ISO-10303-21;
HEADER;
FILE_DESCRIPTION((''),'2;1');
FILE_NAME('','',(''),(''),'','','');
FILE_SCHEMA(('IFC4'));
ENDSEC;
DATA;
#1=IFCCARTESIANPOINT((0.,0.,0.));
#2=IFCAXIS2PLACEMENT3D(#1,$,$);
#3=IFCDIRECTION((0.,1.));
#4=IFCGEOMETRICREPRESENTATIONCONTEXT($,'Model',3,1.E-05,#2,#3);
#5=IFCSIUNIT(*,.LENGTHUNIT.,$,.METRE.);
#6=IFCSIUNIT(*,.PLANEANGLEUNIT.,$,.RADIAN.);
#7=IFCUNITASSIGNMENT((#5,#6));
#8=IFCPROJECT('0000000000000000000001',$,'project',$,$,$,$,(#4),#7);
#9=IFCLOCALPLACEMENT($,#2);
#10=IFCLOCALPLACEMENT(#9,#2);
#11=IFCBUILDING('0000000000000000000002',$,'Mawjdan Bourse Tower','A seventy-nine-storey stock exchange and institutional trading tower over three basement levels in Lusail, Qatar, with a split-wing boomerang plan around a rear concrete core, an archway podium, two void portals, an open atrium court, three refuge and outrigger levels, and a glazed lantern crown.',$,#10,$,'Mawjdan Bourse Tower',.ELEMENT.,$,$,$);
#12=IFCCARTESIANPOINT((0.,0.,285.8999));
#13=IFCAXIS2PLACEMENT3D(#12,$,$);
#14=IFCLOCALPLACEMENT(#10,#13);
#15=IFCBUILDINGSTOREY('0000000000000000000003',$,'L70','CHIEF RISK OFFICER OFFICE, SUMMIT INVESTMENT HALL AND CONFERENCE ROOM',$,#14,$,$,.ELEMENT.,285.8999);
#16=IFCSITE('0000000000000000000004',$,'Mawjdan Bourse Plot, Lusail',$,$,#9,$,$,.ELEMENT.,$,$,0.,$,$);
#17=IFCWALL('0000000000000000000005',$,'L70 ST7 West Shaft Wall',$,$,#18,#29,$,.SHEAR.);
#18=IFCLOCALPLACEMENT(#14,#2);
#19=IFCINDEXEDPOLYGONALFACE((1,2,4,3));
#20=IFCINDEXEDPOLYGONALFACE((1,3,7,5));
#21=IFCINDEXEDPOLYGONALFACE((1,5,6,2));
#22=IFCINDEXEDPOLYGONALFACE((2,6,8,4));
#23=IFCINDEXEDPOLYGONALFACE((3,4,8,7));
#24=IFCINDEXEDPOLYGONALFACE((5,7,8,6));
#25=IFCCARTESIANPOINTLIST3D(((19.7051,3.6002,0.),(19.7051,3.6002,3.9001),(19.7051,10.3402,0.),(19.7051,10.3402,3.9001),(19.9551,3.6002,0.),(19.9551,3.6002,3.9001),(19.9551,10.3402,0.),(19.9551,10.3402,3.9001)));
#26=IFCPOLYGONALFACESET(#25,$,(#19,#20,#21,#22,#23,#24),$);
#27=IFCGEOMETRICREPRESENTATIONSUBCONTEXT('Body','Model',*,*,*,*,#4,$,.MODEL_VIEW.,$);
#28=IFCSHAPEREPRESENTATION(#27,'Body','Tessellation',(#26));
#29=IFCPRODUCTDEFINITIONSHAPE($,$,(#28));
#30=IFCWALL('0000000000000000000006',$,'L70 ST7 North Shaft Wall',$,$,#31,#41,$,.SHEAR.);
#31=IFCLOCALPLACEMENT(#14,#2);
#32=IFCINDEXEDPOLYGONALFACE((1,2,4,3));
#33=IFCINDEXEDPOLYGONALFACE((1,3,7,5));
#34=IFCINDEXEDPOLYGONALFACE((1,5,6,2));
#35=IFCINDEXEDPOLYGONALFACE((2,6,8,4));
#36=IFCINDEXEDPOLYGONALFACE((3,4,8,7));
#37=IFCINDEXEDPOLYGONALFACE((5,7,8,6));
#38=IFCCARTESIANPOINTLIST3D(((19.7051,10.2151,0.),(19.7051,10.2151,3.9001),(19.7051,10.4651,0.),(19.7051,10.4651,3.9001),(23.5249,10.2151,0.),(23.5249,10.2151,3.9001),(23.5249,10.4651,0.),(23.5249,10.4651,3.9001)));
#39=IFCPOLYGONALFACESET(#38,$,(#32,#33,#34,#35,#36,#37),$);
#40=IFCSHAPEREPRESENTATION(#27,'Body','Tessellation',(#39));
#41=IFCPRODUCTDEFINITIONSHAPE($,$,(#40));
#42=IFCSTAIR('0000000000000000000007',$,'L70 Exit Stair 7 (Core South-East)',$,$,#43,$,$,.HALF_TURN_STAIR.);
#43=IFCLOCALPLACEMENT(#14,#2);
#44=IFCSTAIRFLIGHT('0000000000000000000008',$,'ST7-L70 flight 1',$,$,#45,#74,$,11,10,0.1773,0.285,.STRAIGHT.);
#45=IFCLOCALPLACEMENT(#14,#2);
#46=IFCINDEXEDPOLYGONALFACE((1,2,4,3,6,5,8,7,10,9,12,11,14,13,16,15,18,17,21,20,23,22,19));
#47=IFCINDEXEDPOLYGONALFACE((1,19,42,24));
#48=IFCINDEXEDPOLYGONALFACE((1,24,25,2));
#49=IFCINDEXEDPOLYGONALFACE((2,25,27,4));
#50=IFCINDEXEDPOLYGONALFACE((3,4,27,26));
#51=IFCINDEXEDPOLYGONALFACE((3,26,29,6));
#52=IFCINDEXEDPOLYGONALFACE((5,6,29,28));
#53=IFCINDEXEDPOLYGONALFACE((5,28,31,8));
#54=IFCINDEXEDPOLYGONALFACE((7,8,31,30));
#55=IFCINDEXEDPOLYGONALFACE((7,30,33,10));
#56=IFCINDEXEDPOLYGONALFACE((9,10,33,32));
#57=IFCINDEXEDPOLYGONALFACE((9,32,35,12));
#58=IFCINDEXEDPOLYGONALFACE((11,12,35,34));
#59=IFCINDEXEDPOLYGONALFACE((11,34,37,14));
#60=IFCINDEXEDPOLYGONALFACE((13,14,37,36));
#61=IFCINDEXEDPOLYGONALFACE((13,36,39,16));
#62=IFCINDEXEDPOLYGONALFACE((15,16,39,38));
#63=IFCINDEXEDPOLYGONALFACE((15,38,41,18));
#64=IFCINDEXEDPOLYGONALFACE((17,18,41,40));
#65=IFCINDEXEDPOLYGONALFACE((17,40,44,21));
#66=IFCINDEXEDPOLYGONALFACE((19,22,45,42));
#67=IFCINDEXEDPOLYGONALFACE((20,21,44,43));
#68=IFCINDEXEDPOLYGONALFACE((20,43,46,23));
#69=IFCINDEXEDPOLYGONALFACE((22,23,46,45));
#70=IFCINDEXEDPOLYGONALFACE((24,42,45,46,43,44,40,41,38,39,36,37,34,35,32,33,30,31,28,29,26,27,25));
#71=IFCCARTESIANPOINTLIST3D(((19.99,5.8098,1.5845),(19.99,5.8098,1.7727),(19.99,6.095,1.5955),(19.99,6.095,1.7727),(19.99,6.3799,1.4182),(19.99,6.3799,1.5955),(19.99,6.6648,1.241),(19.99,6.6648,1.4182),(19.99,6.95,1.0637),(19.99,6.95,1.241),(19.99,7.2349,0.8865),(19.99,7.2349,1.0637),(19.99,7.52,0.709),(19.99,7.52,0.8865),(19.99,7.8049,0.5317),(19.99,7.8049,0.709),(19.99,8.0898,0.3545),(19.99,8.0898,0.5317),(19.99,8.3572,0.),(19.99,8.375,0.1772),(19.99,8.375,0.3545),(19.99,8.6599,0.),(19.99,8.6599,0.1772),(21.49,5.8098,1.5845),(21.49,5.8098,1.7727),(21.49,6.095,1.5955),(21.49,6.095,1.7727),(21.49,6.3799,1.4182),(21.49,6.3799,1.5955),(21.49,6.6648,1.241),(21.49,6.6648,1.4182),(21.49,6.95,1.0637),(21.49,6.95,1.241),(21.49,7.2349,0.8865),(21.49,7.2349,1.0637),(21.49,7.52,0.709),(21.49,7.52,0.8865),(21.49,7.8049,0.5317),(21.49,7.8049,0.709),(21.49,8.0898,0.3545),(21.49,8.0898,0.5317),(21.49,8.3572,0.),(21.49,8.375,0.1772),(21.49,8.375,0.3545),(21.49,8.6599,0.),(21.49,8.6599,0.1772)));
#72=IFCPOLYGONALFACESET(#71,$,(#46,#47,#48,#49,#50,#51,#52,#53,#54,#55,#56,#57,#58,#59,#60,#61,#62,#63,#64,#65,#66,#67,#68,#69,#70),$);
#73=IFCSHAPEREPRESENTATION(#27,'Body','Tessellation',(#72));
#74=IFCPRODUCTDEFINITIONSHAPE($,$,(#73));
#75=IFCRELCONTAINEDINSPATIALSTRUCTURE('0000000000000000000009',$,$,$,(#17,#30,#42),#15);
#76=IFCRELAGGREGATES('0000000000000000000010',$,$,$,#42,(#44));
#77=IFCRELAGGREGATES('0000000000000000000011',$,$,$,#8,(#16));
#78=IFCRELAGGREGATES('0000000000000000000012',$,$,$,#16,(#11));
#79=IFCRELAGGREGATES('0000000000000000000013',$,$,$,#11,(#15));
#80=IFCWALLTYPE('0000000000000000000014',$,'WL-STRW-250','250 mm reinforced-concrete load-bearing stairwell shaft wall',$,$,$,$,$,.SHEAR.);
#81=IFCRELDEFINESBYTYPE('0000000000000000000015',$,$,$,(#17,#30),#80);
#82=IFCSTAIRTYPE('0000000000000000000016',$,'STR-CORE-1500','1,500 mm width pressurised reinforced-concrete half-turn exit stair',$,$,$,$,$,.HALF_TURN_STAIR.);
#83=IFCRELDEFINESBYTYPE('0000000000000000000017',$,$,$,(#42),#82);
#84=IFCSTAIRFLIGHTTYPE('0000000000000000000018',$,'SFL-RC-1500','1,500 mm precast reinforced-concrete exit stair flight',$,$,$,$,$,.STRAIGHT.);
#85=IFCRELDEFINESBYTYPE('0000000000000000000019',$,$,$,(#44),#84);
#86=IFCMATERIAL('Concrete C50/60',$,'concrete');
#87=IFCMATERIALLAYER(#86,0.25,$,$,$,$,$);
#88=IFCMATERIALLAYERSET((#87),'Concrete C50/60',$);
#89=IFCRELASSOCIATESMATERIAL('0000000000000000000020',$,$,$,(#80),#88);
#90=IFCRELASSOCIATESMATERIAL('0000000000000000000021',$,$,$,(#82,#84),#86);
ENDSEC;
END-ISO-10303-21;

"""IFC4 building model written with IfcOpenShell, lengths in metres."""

from ifc_helpers import new_model, si_unit, direction, frame, frame_2d, origin, place, context, subcontext, project, spatial, polyline, rectangle, outline, extrude, material, layer, layer_set, type_object, element, aggregate, save


model = new_model("IFC4")

# Units and contexts
model_context = context("Model", 3, precision=1e-05, world=origin(), true_north=direction((0.0, 1.0)))
body_context = subcontext(model_context, "Body", "Model", "MODEL_VIEW")
ifc_project = project(units=[si_unit("LENGTHUNIT", "METRE"), si_unit("PLANEANGLEUNIT", "RADIAN")], contexts=[model_context])

# Site, building, storey
site_placement = place(None, origin())
site = spatial("IfcSite", under=ifc_project, at=site_placement, Name="Mawjdan Bourse Plot, Lusail", CompositionType="ELEMENT", RefElevation=0.0)
building_placement = place(site_placement, origin())
building = spatial("IfcBuilding", under=site, at=building_placement, Name="Mawjdan Bourse Tower", Description="A seventy-nine-storey stock exchange and institutional trading tower over three basement levels in Lusail, Qatar, with a split-wing boomerang plan around a rear concrete core, an archway podium, two void portals, an open atrium court, three refuge and outrigger levels, and a glazed lantern crown.", LongName="Mawjdan Bourse Tower", CompositionType="ELEMENT")
storey_placement = place(building_placement, frame((0.0, 0.0, 285.8999)))
storey = spatial("IfcBuildingStorey", under=building, at=storey_placement, Name="L70", Description="CHIEF RISK OFFICER OFFICE, SUMMIT INVESTMENT HALL AND CONFERENCE ROOM", CompositionType="ELEMENT", Elevation=285.8999)

# Shared definitions
ifc_material_1 = material(Name="Concrete C50/60", Category="concrete")

# Walls
ifc_layer_1 = layer(ifc_material_1, 0.25)
ifc_layer_set_1 = layer_set([ifc_layer_1], Name="Concrete C50/60")
wall_type_1 = type_object("IfcWallType", Name="WL-STRW-250", Description="250 mm reinforced-concrete load-bearing stairwell shaft wall", PredefinedType="SHEAR", material=ifc_layer_set_1)
wall_1_placement = place(storey_placement, frame((19.8301, 3.6001, 0.0), z_axis=(0.0, 0.0, 1.0), x_axis=(0.0, 1.0, 0.0)))
element("IfcWall", 1, at=wall_1_placement, inside=storey, type_object=wall_type_1, Name="L70 ST7 West Shaft Wall", PredefinedType="SHEAR", context=body_context, shape_type="SweptSolid", body=[
    extrude(rectangle(XDim=6.74, YDim=0.25, at=frame_2d((3.3701, 0.0))), origin(), (0.0, 0.0, 1.0), 3.9001),
])
wall_2_placement = place(storey_placement, frame((19.7051, 10.3401, 0.0), z_axis=(0.0, 0.0, 1.0), x_axis=(1.0, 0.0, 0.0)))
element("IfcWall", 2, at=wall_2_placement, inside=storey, type_object=wall_type_1, Name="L70 ST7 North Shaft Wall", PredefinedType="SHEAR", context=body_context, shape_type="SweptSolid", body=[
    extrude(rectangle(XDim=3.8198, YDim=0.25, at=frame_2d((1.9099, 0.0))), origin(), (0.0, 0.0, 1.0), 3.9001),
])

# Stair, stair flight
stair_type = type_object("IfcStairType", Name="STR-CORE-1500", Description="1,500 mm width pressurised reinforced-concrete half-turn exit stair", PredefinedType="HALF_TURN_STAIR", material=ifc_material_1)
stair_placement = place(storey_placement, origin())
stair = element("IfcStair", 3, at=stair_placement, inside=storey, type_object=stair_type, Name="L70 Exit Stair 7 (Core South-East)", PredefinedType="HALF_TURN_STAIR")
stair_flight_type = type_object("IfcStairFlightType", Name="SFL-RC-1500", Description="1,500 mm precast reinforced-concrete exit stair flight", PredefinedType="STRAIGHT", material=ifc_material_1)
stair_flight_placement = place(storey_placement, frame((20.74, 8.6599, 0.0), z_axis=(0.0, 0.0, 1.0), x_axis=(0.0, -1.0, 0.0)))
stair_flight = element("IfcStairFlight", 4, at=stair_flight_placement, type_object=stair_flight_type, Name="ST7-L70 flight 1", NumberOfRisers=11, NumberOfTreads=10, PredefinedType="STRAIGHT", RiserHeight=0.1773, TreadLength=0.285, context=body_context, shape_type="SweptSolid", body=[
    extrude(outline(polyline([(0.0, 0.0), (0.0, 0.1772), (0.2849, 0.1772), (0.2849, 0.3545), (0.5701, 0.3545), (0.5701, 0.5317), (0.855, 0.5317), (0.855, 0.709), (1.1399, 0.709), (1.1399, 0.8865), (1.425, 0.8865), (1.425, 1.0637), (1.71, 1.0637), (1.71, 1.241), (1.9951, 1.241), (1.9951, 1.4182), (2.28, 1.4182), (2.28, 1.5955), (2.5649, 1.5955), (2.5649, 1.7727), (2.8501, 1.7727), (2.8501, 1.95), (2.8501, 1.5845), (0.3027, 0.0), (0.0, 0.0)])), frame((0.0, 0.75, 0.0), z_axis=(0.0, -1.0, 0.0), x_axis=(1.0, 0.0, 0.0)), (0.0, 0.0, 1.0), 1.5),
])
aggregate(stair, [stair_flight])

save(model, "model.ifc")
